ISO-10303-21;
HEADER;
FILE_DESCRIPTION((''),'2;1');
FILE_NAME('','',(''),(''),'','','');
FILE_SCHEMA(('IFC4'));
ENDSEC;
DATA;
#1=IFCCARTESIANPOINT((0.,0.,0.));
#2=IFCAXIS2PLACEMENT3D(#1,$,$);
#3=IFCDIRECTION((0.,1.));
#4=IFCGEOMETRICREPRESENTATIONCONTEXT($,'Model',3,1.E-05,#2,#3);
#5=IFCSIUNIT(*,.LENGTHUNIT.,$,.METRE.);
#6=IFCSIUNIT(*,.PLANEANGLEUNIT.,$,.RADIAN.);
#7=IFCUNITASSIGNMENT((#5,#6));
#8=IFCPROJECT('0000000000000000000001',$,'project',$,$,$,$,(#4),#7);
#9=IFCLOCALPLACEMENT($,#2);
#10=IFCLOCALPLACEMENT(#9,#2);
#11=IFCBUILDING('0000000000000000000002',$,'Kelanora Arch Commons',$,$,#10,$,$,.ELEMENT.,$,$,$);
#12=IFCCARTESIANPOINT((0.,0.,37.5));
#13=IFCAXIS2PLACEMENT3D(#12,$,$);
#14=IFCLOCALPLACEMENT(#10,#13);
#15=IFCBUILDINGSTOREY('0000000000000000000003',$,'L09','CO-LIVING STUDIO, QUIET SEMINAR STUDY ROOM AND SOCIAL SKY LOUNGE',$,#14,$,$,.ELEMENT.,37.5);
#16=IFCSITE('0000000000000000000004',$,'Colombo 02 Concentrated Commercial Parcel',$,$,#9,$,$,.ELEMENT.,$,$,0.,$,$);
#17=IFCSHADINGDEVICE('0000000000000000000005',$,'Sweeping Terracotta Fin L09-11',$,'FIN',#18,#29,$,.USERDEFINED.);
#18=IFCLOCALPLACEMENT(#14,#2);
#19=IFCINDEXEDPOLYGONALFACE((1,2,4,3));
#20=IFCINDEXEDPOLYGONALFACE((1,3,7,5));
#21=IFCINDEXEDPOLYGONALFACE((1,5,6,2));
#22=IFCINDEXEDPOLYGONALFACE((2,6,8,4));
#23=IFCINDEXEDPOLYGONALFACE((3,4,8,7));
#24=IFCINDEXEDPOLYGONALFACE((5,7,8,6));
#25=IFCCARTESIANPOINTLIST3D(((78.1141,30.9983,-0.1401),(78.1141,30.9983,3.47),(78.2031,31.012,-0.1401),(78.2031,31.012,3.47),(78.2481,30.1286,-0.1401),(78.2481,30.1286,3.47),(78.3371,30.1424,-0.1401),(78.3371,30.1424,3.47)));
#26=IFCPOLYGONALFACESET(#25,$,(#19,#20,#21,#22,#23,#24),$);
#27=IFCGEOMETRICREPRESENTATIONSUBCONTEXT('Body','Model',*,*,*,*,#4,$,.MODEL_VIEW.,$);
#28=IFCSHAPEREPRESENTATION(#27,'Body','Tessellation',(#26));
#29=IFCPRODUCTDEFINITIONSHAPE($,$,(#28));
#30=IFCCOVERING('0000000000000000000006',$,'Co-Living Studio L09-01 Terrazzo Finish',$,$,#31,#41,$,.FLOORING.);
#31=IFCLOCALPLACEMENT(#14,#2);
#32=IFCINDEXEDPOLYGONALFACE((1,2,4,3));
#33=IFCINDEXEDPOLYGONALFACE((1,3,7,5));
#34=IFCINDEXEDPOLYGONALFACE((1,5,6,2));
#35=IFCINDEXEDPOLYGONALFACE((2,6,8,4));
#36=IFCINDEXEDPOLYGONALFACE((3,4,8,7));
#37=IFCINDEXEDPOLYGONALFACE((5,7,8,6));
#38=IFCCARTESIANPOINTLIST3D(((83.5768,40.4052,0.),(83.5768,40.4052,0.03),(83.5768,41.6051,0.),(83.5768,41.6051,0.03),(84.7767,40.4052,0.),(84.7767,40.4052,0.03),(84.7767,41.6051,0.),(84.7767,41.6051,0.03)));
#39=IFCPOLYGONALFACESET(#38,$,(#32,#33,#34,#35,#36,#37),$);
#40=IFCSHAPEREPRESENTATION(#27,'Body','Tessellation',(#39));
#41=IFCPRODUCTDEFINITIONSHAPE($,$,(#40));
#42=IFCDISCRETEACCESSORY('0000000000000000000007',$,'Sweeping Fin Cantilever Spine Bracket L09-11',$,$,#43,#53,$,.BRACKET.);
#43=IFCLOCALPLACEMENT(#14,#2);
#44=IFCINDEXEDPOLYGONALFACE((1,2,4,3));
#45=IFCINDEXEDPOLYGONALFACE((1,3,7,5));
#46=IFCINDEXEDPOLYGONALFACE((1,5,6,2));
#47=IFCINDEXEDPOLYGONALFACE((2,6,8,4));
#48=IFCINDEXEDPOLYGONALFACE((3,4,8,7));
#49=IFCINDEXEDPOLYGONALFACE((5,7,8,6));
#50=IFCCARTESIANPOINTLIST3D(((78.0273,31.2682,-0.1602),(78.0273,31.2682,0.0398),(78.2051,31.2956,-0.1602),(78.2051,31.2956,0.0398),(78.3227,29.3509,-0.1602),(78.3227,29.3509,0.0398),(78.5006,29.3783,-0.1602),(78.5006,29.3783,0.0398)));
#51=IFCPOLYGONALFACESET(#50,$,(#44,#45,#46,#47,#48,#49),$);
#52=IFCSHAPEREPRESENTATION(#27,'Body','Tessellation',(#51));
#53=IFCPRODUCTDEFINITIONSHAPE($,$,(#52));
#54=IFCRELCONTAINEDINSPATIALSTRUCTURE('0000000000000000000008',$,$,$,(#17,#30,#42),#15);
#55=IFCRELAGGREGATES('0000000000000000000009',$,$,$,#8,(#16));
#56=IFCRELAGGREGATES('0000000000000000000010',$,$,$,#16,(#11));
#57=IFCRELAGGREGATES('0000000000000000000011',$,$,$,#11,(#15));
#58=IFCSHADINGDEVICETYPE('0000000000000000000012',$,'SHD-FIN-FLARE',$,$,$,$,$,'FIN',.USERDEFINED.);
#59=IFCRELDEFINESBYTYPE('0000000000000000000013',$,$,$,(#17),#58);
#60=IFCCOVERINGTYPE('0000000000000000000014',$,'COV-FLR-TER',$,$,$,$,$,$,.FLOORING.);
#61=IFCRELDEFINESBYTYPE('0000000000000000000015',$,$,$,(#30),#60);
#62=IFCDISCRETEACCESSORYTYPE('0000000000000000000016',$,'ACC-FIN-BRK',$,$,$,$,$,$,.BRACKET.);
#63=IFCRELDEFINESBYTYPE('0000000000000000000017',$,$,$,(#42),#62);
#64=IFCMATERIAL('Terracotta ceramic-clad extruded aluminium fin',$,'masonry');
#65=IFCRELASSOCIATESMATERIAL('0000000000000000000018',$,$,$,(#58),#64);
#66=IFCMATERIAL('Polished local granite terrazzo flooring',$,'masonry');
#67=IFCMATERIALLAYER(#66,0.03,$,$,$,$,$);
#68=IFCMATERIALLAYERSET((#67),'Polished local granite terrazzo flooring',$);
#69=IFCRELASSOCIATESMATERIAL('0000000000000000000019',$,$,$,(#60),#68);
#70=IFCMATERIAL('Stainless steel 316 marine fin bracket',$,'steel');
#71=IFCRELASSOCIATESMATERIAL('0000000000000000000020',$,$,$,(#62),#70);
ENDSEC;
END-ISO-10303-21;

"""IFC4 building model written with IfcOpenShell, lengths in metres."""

from ifc_helpers import new_model, si_unit, direction, frame, origin, origin_2d, place, context, subcontext, project, spatial, rectangle, extrude, source, transform, mapped, material, layer, layer_set, type_object, element, save


model = new_model("IFC4")

# Units and contexts
model_context = context("Model", 3, precision=1e-05, world=origin(), true_north=direction((0.0, 1.0)))
body_context = subcontext(model_context, "Body", "Model", "MODEL_VIEW")
ifc_project = project(units=[si_unit("LENGTHUNIT", "METRE"), si_unit("PLANEANGLEUNIT", "RADIAN")], contexts=[model_context])

# Site, building, storey
site_placement = place(None, origin())
site = spatial("IfcSite", under=ifc_project, at=site_placement, Name="Colombo 02 Concentrated Commercial Parcel", CompositionType="ELEMENT", RefElevation=0.0)
building_placement = place(site_placement, origin())
building = spatial("IfcBuilding", under=site, at=building_placement, Name="Kelanora Arch Commons", CompositionType="ELEMENT")
storey_placement = place(building_placement, frame((0.0, 0.0, 37.5)))
storey = spatial("IfcBuildingStorey", under=building, at=storey_placement, Name="L09", Description="CO-LIVING STUDIO, QUIET SEMINAR STUDY ROOM AND SOCIAL SKY LOUNGE", CompositionType="ELEMENT", Elevation=37.5)

# Shading device
ifc_material_1 = material(Name="Terracotta ceramic-clad extruded aluminium fin", Category="masonry")
shading_device_type = type_object("IfcShadingDeviceType", Name="SHD-FIN-FLARE", ElementType="FIN", PredefinedType="USERDEFINED", material=ifc_material_1)
shared_shape_1 = source(origin(), body_context, "Body", "SweptSolid", [
    extrude(rectangle(XDim=0.8799, YDim=0.0901, at=origin_2d()), origin(), (0.0, 0.0, 1.0), 3.6101),
])
shading_device_placement = place(storey_placement, frame((78.2256, 30.5703, -0.1401), z_axis=(0.0, 0.0, 1.0), x_axis=(0.152296, -0.988335, 0.0)))
element("IfcShadingDevice", 1, at=shading_device_placement, inside=storey, type_object=shading_device_type, Name="Sweeping Terracotta Fin L09-11", ObjectType="FIN", PredefinedType="USERDEFINED", context=body_context, shape_type="MappedRepresentation", body=[
    mapped(shared_shape_1, transform((0.0, 0.0, 0.0), scale=1.0)),
])

# Covering
ifc_material_2 = material(Name="Polished local granite terrazzo flooring", Category="masonry")
ifc_layer_1 = layer(ifc_material_2, 0.03)
ifc_layer_set_1 = layer_set([ifc_layer_1], Name="Polished local granite terrazzo flooring")
covering_type = type_object("IfcCoveringType", Name="COV-FLR-TER", PredefinedType="FLOORING", material=ifc_layer_set_1)
shared_shape_2 = source(origin(), body_context, "Body", "SweptSolid", [
    extrude(rectangle(XDim=1.2, YDim=1.2, at=origin_2d()), origin(), (0.0, 0.0, 1.0), 0.03),
])
covering_placement = place(storey_placement, frame((84.1768, 41.0051, 0.0), z_axis=(0.0, 0.0, 1.0), x_axis=(1.0, 0.0, 0.0)))
element("IfcCovering", 2, at=covering_placement, inside=storey, type_object=covering_type, Name="Co-Living Studio L09-01 Terrazzo Finish", PredefinedType="FLOORING", context=body_context, shape_type="MappedRepresentation", body=[
    mapped(shared_shape_2, transform((0.0, 0.0, 0.0), scale=1.0)),
])

# Discrete accessory
ifc_material_3 = material(Name="Stainless steel 316 marine fin bracket", Category="steel")
discrete_accessory_type = type_object("IfcDiscreteAccessoryType", Name="ACC-FIN-BRK", PredefinedType="BRACKET", material=ifc_material_3)
shared_shape_3 = source(origin(), body_context, "Body", "SweptSolid", [
    extrude(rectangle(XDim=1.9399, YDim=0.1799, at=origin_2d()), origin(), (0.0, 0.0, 1.0), 0.2),
])
discrete_accessory_placement = place(storey_placement, frame((78.2639, 30.3232, -0.1602), z_axis=(0.0, 0.0, 1.0), x_axis=(0.152296, -0.988335, 0.0)))
element("IfcDiscreteAccessory", 3, at=discrete_accessory_placement, inside=storey, type_object=discrete_accessory_type, Name="Sweeping Fin Cantilever Spine Bracket L09-11", PredefinedType="BRACKET", context=body_context, shape_type="MappedRepresentation", body=[
    mapped(shared_shape_3, transform((0.0, 0.0, 0.0), scale=1.0)),
])

save(model, "model.ifc")
